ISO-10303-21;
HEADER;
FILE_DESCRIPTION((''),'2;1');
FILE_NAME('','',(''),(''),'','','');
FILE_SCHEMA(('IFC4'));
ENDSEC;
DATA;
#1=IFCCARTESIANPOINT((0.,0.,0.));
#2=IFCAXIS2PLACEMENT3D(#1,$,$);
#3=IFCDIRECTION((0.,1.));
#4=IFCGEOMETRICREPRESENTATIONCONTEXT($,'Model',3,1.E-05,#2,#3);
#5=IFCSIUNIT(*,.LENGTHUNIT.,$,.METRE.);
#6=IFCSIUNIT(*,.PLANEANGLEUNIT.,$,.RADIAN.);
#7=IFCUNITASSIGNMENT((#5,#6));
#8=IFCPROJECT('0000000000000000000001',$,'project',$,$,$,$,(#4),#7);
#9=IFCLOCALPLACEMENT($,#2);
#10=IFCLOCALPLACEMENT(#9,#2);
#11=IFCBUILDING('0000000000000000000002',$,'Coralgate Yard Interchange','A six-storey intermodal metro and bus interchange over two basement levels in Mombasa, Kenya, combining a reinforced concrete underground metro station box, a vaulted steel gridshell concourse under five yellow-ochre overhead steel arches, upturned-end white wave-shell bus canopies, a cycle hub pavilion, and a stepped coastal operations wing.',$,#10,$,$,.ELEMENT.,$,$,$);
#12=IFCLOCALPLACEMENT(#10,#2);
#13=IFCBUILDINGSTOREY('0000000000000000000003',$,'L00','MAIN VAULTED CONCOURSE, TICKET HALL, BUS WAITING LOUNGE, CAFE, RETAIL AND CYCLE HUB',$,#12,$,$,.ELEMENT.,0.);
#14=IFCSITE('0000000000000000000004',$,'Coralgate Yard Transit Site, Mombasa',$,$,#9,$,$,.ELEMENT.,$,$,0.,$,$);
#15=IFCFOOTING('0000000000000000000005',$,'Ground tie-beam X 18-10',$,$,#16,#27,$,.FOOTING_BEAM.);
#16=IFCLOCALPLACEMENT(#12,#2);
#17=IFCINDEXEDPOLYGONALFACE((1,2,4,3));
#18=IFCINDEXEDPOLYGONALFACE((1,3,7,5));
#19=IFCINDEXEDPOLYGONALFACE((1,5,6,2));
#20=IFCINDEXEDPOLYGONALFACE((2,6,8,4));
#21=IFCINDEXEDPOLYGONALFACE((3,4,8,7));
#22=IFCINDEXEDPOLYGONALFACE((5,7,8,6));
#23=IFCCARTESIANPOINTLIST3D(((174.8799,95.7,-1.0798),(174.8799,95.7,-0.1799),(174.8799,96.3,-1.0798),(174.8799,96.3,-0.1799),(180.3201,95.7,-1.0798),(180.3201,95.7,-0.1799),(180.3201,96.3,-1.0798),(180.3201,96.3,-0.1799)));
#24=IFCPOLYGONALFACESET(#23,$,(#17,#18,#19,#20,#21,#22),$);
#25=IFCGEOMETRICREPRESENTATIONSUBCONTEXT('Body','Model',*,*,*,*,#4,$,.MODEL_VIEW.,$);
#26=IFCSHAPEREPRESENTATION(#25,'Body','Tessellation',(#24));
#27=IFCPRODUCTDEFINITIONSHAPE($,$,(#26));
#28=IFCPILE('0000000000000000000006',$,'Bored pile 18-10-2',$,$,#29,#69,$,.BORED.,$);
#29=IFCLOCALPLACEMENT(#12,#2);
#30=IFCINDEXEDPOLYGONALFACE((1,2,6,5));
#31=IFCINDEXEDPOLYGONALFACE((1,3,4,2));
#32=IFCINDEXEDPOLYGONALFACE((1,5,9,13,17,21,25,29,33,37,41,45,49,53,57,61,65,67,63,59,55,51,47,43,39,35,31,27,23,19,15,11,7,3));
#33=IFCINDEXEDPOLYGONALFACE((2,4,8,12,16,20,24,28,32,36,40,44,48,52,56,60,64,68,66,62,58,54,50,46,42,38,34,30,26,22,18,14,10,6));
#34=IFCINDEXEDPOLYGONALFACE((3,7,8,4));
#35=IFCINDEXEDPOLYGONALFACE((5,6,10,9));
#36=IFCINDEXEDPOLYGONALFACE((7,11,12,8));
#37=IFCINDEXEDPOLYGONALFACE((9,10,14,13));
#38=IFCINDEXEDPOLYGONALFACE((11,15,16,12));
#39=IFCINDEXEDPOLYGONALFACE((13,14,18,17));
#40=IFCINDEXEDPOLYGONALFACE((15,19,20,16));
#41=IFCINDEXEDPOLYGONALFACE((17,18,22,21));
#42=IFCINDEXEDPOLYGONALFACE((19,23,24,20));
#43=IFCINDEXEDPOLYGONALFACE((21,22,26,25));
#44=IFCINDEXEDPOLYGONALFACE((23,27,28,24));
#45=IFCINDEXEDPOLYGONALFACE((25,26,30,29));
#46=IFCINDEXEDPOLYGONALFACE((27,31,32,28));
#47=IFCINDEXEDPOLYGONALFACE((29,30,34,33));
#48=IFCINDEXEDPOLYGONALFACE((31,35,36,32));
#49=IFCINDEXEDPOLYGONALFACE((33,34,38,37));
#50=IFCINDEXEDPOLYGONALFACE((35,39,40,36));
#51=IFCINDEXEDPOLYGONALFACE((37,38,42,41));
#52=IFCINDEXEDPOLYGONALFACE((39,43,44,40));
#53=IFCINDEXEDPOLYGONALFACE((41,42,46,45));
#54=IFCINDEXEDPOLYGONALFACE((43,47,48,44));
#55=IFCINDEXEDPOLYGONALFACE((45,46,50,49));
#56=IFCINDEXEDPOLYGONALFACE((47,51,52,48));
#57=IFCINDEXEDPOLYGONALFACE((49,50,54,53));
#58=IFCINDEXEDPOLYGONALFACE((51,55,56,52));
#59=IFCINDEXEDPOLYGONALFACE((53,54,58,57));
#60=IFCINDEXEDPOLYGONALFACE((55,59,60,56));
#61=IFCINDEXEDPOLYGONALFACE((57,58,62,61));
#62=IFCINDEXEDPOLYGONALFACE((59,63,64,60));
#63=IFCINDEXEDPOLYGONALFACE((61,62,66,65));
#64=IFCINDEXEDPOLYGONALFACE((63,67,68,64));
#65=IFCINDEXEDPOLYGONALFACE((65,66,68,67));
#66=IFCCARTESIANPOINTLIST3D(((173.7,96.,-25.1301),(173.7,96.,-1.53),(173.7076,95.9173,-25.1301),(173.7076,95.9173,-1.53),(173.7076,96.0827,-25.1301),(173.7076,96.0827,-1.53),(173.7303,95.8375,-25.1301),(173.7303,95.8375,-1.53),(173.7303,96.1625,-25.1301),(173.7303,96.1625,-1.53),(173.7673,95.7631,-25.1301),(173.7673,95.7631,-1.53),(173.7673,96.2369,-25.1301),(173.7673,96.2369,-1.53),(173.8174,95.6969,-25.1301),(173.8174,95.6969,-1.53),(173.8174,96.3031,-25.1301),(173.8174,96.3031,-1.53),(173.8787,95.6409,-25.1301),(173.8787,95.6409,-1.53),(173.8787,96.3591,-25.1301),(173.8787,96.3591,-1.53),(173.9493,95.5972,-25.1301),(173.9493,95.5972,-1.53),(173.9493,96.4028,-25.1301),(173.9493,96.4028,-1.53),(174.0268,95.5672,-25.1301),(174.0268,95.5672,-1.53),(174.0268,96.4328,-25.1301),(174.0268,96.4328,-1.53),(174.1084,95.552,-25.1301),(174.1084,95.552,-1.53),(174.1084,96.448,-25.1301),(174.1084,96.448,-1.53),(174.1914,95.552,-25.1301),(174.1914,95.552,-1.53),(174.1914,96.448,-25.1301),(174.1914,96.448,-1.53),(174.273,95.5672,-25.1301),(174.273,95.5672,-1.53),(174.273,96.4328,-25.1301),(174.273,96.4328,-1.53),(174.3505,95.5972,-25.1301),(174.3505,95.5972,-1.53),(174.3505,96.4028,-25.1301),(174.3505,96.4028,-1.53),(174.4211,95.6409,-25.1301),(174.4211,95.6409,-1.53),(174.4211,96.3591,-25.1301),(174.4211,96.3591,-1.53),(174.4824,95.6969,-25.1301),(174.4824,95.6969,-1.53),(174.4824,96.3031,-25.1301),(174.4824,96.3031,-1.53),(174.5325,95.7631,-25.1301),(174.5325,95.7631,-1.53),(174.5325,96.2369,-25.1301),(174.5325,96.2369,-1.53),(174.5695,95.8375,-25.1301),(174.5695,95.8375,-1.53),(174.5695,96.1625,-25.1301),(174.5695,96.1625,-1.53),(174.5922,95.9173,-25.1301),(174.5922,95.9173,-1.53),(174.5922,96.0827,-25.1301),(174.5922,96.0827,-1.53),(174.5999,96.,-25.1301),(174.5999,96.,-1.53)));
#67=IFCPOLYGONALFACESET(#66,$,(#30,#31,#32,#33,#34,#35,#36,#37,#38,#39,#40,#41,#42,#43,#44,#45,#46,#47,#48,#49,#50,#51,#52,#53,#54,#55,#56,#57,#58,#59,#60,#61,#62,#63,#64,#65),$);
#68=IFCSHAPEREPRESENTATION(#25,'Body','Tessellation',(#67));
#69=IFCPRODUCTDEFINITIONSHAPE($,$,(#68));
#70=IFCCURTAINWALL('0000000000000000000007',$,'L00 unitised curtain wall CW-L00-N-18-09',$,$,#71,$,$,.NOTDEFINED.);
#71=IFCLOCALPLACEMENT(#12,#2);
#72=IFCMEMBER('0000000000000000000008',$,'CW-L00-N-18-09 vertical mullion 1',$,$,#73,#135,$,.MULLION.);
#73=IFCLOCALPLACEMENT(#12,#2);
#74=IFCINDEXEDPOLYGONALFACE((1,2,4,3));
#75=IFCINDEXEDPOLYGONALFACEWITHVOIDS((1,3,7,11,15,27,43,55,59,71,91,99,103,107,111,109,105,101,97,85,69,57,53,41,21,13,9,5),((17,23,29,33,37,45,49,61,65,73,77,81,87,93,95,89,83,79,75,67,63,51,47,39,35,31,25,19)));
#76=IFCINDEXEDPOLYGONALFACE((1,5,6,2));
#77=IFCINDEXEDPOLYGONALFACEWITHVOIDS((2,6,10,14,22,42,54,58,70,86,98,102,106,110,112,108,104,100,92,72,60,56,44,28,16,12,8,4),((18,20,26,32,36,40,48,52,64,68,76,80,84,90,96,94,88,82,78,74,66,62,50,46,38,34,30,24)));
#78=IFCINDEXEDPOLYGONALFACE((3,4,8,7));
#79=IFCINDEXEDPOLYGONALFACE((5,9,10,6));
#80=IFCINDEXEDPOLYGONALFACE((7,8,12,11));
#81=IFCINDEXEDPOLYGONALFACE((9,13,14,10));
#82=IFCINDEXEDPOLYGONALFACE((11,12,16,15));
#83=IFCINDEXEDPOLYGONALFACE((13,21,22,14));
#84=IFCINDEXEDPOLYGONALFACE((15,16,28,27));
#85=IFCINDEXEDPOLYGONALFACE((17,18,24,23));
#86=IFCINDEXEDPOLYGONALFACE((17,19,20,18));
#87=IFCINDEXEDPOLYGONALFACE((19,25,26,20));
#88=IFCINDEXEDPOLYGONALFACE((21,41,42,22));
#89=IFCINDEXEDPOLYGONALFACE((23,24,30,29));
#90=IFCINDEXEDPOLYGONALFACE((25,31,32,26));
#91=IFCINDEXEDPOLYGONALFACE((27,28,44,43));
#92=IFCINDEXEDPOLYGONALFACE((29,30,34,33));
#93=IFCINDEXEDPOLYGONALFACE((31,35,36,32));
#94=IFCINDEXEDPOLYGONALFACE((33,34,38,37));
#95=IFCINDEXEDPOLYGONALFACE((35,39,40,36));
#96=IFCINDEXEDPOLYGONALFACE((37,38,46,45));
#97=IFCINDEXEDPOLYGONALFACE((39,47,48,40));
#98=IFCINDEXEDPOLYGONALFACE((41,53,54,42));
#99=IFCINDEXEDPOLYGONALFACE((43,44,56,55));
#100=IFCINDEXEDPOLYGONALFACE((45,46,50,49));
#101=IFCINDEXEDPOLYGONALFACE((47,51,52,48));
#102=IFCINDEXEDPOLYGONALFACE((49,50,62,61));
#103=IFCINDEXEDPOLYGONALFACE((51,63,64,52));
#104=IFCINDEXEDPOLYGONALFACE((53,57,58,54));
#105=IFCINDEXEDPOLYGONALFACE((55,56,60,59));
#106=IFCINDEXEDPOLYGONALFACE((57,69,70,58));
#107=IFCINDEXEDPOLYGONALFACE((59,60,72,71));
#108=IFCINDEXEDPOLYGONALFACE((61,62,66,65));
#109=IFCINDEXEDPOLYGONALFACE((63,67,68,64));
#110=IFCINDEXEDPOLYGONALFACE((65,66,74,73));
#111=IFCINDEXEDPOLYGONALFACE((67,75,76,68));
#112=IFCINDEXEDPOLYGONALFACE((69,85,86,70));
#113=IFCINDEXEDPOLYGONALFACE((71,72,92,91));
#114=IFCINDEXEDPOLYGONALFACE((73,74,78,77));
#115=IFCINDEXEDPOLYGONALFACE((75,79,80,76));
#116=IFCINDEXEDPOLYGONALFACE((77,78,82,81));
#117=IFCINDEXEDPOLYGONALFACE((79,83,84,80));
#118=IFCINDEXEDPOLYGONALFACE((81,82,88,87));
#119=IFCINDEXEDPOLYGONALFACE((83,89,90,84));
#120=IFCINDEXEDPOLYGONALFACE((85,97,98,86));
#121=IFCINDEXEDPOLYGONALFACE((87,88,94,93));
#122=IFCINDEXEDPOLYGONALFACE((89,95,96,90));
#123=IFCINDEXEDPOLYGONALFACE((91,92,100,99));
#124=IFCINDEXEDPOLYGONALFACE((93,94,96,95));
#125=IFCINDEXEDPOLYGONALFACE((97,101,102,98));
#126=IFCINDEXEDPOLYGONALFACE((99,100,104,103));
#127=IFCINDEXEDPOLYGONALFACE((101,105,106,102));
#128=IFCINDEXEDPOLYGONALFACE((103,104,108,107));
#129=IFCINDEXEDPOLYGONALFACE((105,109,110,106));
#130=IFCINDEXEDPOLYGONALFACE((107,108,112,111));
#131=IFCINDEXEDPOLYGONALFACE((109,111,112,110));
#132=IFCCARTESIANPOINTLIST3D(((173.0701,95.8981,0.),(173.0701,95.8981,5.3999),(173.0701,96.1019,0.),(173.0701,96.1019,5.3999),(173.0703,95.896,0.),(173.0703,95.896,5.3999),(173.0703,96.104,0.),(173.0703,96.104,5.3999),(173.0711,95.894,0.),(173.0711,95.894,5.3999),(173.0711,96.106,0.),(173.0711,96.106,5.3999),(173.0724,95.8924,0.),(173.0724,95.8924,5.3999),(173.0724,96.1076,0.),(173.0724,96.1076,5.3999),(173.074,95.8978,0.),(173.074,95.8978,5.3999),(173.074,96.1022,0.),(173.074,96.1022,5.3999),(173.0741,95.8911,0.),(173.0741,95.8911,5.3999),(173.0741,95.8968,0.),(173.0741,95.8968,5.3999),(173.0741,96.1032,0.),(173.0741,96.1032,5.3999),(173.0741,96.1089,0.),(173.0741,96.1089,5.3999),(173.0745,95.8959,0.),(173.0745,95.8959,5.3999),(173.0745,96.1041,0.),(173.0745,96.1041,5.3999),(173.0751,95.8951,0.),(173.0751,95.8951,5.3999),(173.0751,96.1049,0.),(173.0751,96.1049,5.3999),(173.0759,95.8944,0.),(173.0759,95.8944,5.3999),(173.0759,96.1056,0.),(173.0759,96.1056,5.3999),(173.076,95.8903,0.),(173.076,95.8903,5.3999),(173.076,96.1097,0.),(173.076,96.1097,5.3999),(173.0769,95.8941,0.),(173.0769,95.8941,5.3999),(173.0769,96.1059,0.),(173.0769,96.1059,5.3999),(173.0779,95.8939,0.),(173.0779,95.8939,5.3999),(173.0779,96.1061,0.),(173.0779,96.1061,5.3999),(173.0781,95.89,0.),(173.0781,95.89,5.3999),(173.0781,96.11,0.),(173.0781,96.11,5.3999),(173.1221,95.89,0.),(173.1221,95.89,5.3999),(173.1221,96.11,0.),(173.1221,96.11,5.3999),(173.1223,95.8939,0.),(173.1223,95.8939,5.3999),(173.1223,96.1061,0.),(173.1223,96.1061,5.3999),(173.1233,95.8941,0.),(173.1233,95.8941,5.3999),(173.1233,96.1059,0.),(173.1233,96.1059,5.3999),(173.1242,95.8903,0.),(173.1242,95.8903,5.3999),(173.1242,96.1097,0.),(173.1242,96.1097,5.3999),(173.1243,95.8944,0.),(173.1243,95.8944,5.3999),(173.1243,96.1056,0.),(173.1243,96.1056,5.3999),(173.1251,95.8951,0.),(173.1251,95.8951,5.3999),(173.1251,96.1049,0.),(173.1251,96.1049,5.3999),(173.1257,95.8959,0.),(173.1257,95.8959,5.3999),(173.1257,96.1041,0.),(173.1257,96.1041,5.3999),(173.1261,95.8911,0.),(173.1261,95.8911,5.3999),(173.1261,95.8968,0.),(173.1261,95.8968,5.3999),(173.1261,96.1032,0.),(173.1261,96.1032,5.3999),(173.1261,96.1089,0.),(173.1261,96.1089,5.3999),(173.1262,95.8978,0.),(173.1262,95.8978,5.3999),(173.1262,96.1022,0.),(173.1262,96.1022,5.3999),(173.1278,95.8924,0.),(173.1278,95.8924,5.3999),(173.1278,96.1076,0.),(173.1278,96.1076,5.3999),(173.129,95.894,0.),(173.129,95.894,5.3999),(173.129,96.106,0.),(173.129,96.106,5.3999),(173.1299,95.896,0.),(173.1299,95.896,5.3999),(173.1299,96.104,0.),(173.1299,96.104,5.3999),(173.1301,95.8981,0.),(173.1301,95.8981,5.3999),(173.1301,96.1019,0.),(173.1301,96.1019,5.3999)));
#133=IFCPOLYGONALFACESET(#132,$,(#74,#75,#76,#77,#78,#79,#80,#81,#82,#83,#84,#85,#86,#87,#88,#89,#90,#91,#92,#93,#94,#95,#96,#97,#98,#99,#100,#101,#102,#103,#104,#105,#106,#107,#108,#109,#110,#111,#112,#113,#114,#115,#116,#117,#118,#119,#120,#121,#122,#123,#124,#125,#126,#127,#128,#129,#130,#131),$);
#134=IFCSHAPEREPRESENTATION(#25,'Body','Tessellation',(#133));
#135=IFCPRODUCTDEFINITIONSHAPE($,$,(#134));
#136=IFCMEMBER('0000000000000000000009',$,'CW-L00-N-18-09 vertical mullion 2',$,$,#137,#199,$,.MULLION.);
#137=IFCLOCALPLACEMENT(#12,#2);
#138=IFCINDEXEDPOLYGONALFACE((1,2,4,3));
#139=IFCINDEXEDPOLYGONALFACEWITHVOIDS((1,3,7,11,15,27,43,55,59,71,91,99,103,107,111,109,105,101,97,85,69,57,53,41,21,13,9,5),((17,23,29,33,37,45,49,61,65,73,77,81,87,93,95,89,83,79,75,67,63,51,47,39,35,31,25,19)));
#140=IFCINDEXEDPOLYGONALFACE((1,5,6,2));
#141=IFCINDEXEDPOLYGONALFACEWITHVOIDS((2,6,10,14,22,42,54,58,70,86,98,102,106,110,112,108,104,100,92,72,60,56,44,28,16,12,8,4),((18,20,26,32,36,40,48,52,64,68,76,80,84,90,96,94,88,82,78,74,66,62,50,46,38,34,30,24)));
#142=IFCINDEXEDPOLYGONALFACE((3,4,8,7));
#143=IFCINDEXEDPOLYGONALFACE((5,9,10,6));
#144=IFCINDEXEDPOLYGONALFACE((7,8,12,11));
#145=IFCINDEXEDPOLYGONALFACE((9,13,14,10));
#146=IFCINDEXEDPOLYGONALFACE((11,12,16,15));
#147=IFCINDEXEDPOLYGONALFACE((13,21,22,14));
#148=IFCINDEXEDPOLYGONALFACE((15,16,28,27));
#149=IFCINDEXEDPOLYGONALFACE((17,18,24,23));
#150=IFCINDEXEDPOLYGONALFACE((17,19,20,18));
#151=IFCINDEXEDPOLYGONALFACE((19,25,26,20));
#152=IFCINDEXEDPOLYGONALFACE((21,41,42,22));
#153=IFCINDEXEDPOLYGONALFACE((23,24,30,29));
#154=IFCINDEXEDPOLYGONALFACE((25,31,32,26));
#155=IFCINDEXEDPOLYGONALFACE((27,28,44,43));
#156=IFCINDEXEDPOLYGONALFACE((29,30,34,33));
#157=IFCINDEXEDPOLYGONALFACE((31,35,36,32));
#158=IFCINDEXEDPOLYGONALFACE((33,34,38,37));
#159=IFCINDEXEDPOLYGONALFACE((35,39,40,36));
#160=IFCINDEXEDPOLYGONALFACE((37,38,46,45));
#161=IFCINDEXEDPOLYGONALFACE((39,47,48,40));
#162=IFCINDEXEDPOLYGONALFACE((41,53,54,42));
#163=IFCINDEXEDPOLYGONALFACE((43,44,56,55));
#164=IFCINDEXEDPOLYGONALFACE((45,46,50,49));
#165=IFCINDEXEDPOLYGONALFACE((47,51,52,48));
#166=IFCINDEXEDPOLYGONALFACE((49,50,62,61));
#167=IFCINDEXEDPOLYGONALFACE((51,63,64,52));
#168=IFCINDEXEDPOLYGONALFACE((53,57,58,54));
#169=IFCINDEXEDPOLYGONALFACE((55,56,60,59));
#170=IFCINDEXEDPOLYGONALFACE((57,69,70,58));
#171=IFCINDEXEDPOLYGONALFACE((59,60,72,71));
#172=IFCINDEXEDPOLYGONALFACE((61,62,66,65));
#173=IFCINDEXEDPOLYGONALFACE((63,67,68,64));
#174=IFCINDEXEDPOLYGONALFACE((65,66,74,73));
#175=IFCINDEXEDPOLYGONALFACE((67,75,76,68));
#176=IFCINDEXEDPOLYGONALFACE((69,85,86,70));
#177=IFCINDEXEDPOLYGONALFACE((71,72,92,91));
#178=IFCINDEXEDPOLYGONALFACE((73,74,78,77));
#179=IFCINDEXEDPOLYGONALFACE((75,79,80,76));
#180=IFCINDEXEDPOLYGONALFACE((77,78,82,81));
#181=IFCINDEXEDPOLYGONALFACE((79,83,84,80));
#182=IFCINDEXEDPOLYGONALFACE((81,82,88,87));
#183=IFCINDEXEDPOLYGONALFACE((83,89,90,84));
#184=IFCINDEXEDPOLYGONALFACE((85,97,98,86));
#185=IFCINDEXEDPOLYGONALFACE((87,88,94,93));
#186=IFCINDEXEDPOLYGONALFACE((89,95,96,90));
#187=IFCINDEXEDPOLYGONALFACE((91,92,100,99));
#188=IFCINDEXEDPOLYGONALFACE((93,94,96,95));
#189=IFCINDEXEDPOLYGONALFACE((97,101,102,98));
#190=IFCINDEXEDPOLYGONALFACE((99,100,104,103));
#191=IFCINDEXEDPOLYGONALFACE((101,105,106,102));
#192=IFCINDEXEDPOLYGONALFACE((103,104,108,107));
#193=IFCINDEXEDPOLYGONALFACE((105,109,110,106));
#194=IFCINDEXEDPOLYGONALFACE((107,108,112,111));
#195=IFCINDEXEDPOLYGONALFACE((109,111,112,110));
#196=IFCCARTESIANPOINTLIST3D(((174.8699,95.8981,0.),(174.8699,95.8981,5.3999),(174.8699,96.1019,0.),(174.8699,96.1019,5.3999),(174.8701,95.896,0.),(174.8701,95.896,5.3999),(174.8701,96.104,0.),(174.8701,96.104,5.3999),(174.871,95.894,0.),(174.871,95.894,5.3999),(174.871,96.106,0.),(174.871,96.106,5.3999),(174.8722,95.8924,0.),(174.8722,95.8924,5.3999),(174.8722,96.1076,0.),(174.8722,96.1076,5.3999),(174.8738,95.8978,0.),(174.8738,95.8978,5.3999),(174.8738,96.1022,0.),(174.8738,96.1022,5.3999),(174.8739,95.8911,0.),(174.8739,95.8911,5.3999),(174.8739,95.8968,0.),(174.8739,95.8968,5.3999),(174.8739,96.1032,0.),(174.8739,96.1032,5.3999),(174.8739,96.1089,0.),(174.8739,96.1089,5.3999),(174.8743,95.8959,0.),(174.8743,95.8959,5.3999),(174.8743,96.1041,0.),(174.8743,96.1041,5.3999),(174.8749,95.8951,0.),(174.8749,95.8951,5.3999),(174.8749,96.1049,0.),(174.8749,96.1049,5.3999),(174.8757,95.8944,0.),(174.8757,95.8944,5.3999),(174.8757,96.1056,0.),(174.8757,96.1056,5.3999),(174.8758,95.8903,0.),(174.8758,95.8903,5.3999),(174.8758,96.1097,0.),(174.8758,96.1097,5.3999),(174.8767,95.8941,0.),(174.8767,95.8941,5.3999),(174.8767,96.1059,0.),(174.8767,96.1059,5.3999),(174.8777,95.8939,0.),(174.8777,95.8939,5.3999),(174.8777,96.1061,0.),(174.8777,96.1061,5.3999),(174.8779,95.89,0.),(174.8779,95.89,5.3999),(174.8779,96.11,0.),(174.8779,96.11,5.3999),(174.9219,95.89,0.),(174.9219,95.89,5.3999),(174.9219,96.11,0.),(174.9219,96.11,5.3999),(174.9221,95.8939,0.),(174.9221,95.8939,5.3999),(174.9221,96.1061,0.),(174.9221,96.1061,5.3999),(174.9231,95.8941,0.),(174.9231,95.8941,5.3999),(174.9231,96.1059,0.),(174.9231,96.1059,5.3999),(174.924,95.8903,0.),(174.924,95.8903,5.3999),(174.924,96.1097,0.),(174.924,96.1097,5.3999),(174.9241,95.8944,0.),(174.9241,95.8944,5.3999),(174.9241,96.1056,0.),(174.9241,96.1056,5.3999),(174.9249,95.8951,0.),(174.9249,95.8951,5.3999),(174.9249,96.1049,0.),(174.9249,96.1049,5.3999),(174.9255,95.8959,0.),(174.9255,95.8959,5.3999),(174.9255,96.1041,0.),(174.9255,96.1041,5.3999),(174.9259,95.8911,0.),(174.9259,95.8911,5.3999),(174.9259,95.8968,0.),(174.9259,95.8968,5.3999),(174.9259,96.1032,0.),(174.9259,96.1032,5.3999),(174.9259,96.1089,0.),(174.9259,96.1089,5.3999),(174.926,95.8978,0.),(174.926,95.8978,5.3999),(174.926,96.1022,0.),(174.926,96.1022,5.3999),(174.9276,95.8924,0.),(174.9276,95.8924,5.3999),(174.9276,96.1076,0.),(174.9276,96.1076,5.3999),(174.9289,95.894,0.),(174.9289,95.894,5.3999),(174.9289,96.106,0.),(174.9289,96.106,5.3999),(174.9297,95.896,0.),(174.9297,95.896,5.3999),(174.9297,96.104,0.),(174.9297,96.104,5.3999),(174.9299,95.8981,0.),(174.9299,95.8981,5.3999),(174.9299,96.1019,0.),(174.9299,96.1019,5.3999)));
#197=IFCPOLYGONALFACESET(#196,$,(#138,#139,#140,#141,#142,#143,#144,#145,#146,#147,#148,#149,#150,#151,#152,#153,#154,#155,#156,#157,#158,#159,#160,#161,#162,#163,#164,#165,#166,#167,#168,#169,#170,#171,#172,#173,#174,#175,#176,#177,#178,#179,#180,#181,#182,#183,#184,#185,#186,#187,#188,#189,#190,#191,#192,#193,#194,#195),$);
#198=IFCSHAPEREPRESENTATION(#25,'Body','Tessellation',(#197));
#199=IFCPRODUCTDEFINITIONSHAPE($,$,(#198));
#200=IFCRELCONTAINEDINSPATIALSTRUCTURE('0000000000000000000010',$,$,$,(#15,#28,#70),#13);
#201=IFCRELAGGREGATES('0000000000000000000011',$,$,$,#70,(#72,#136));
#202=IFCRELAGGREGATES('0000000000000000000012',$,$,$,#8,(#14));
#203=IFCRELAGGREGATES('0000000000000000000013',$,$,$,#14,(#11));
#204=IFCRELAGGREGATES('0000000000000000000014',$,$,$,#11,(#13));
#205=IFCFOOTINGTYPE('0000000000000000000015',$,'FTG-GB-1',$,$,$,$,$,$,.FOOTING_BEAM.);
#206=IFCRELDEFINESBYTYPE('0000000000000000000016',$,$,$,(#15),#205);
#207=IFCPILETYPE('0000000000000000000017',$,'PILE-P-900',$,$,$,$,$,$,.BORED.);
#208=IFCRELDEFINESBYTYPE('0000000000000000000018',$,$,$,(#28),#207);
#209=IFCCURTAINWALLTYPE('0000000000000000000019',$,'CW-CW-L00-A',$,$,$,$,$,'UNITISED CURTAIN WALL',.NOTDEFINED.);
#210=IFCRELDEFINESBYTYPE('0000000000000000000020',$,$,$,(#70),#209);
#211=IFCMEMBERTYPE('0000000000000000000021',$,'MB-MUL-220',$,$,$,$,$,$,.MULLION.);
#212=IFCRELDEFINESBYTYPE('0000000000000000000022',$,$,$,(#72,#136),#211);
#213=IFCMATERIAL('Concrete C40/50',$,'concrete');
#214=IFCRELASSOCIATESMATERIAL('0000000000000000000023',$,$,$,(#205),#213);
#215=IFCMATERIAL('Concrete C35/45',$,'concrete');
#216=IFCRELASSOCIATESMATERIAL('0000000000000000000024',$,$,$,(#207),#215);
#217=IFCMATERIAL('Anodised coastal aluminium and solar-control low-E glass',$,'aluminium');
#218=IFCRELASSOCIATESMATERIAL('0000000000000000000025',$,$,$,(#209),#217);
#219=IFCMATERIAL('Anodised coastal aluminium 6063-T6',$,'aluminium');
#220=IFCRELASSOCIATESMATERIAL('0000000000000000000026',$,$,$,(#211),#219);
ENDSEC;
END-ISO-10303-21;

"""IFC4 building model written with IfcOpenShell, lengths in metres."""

from ifc_helpers import new_model, si_unit, direction, frame, origin, origin_2d, place, context, subcontext, project, spatial, rectangle, hollow_rectangle, circle, extrude, material, material_profile, profile_set, type_object, element, aggregate, save


model = new_model("IFC4")

# Units and contexts
model_context = context("Model", 3, precision=1e-05, world=origin(), true_north=direction((0.0, 1.0)))
body_context = subcontext(model_context, "Body", "Model", "MODEL_VIEW")
ifc_project = project(units=[si_unit("LENGTHUNIT", "METRE"), si_unit("PLANEANGLEUNIT", "RADIAN")], contexts=[model_context])

# Site, building, storey
site_placement = place(None, origin())
site = spatial("IfcSite", under=ifc_project, at=site_placement, Name="Coralgate Yard Transit Site, Mombasa", CompositionType="ELEMENT", RefElevation=0.0)
building_placement = place(site_placement, origin())
building = spatial("IfcBuilding", under=site, at=building_placement, Name="Coralgate Yard Interchange", Description="A six-storey intermodal metro and bus interchange over two basement levels in Mombasa, Kenya, combining a reinforced concrete underground metro station box, a vaulted steel gridshell concourse under five yellow-ochre overhead steel arches, upturned-end white wave-shell bus canopies, a cycle hub pavilion, and a stepped coastal operations wing.", CompositionType="ELEMENT")
storey_placement = place(building_placement, origin())
storey = spatial("IfcBuildingStorey", under=building, at=storey_placement, Name="L00", Description="MAIN VAULTED CONCOURSE, TICKET HALL, BUS WAITING LOUNGE, CAFE, RETAIL AND CYCLE HUB", CompositionType="ELEMENT", Elevation=0.0)

# Footing
ifc_material_1 = material(Name="Concrete C40/50", Category="concrete")
ifc_material_profile_1 = material_profile(ifc_material_1, rectangle(XDim=0.6001, YDim=0.8999, at=origin_2d()), Name="RC 600x900")
ifc_profile_set_1 = profile_set([ifc_material_profile_1], Name="Concrete C40/50")
footing_type = type_object("IfcFootingType", Name="FTG-GB-1", PredefinedType="FOOTING_BEAM", material=ifc_profile_set_1)
footing_placement = place(storey_placement, frame((174.8799, 96.0, -0.6299), z_axis=(1.0, 0.0, 0.0), x_axis=(0.0, 1.0, 0.0)))
element("IfcFooting", 1, at=footing_placement, inside=storey, type_object=footing_type, Name="Ground tie-beam X 18-10", PredefinedType="FOOTING_BEAM", context=body_context, shape_type="SweptSolid", body=[
    extrude(rectangle(XDim=0.6001, YDim=0.8999, at=origin_2d()), origin(), (0.0, 0.0, 1.0), 5.4402),
])

# Pile
ifc_material_2 = material(Name="Concrete C35/45", Category="concrete")
ifc_material_profile_2 = material_profile(ifc_material_2, circle(Radius=0.45, at=origin_2d()), Name="BORED PILE D900")
ifc_profile_set_2 = profile_set([ifc_material_profile_2], Name="Concrete C35/45")
pile_type = type_object("IfcPileType", Name="PILE-P-900", PredefinedType="BORED", material=ifc_profile_set_2)
pile_placement = place(storey_placement, frame((174.1499, 96.0, -1.53), z_axis=(0.0, 0.0, -1.0), x_axis=(1.0, 0.0, 0.0)))
element("IfcPile", 2, at=pile_placement, inside=storey, type_object=pile_type, Name="Bored pile 18-10-2", PredefinedType="BORED", context=body_context, shape_type="SweptSolid", body=[
    extrude(circle(Radius=0.45, at=origin_2d()), origin(), (0.0, 0.0, 1.0), 23.6001),
])

# Curtain wall, members
ifc_material_3 = material(Name="Anodised coastal aluminium and solar-control low-E glass", Category="aluminium")
curtain_wall_type = type_object("IfcCurtainWallType", Name="CW-CW-L00-A", ElementType="UNITISED CURTAIN WALL", PredefinedType="NOTDEFINED", material=ifc_material_3)
curtain_wall_placement = place(storey_placement, origin())
curtain_wall = element("IfcCurtainWall", 3, at=curtain_wall_placement, inside=storey, type_object=curtain_wall_type, Name="L00 unitised curtain wall CW-L00-N-18-09", PredefinedType="NOTDEFINED")
ifc_material_4 = material(Name="Anodised coastal aluminium 6063-T6", Category="aluminium")
ifc_material_profile_3 = material_profile(ifc_material_4, hollow_rectangle(XDim=0.0601, YDim=0.22, WallThickness=0.0039, InnerFilletRadius=0.0039, OuterFilletRadius=0.0081, at=origin_2d()), Name="ALU 60x220x4")
ifc_profile_set_3 = profile_set([ifc_material_profile_3], Name="Anodised coastal aluminium 6063-T6")
member_type_1 = type_object("IfcMemberType", Name="MB-MUL-220", PredefinedType="MULLION", material=ifc_profile_set_3)
member_1_placement = place(storey_placement, frame((173.1001, 96.0, 0.0), z_axis=(0.0, 0.0, 1.0), x_axis=(1.0, 0.0, 0.0)))
member_1 = element("IfcMember", 4, at=member_1_placement, type_object=member_type_1, Name="CW-L00-N-18-09 vertical mullion 1", PredefinedType="MULLION", context=body_context, shape_type="SweptSolid", body=[
    extrude(hollow_rectangle(XDim=0.0601, YDim=0.22, WallThickness=0.0039, InnerFilletRadius=0.0039, OuterFilletRadius=0.0081, at=origin_2d()), origin(), (0.0, 0.0, 1.0), 5.3999),
])
member_2_placement = place(storey_placement, frame((174.8999, 96.0, 0.0), z_axis=(0.0, 0.0, 1.0), x_axis=(1.0, 0.0, 0.0)))
member_2 = element("IfcMember", 5, at=member_2_placement, type_object=member_type_1, Name="CW-L00-N-18-09 vertical mullion 2", PredefinedType="MULLION", context=body_context, shape_type="SweptSolid", body=[
    extrude(hollow_rectangle(XDim=0.0601, YDim=0.22, WallThickness=0.0039, InnerFilletRadius=0.0039, OuterFilletRadius=0.0081, at=origin_2d()), origin(), (0.0, 0.0, 1.0), 5.3999),
])
aggregate(curtain_wall, [member_1, member_2])

save(model, "model.ifc")
